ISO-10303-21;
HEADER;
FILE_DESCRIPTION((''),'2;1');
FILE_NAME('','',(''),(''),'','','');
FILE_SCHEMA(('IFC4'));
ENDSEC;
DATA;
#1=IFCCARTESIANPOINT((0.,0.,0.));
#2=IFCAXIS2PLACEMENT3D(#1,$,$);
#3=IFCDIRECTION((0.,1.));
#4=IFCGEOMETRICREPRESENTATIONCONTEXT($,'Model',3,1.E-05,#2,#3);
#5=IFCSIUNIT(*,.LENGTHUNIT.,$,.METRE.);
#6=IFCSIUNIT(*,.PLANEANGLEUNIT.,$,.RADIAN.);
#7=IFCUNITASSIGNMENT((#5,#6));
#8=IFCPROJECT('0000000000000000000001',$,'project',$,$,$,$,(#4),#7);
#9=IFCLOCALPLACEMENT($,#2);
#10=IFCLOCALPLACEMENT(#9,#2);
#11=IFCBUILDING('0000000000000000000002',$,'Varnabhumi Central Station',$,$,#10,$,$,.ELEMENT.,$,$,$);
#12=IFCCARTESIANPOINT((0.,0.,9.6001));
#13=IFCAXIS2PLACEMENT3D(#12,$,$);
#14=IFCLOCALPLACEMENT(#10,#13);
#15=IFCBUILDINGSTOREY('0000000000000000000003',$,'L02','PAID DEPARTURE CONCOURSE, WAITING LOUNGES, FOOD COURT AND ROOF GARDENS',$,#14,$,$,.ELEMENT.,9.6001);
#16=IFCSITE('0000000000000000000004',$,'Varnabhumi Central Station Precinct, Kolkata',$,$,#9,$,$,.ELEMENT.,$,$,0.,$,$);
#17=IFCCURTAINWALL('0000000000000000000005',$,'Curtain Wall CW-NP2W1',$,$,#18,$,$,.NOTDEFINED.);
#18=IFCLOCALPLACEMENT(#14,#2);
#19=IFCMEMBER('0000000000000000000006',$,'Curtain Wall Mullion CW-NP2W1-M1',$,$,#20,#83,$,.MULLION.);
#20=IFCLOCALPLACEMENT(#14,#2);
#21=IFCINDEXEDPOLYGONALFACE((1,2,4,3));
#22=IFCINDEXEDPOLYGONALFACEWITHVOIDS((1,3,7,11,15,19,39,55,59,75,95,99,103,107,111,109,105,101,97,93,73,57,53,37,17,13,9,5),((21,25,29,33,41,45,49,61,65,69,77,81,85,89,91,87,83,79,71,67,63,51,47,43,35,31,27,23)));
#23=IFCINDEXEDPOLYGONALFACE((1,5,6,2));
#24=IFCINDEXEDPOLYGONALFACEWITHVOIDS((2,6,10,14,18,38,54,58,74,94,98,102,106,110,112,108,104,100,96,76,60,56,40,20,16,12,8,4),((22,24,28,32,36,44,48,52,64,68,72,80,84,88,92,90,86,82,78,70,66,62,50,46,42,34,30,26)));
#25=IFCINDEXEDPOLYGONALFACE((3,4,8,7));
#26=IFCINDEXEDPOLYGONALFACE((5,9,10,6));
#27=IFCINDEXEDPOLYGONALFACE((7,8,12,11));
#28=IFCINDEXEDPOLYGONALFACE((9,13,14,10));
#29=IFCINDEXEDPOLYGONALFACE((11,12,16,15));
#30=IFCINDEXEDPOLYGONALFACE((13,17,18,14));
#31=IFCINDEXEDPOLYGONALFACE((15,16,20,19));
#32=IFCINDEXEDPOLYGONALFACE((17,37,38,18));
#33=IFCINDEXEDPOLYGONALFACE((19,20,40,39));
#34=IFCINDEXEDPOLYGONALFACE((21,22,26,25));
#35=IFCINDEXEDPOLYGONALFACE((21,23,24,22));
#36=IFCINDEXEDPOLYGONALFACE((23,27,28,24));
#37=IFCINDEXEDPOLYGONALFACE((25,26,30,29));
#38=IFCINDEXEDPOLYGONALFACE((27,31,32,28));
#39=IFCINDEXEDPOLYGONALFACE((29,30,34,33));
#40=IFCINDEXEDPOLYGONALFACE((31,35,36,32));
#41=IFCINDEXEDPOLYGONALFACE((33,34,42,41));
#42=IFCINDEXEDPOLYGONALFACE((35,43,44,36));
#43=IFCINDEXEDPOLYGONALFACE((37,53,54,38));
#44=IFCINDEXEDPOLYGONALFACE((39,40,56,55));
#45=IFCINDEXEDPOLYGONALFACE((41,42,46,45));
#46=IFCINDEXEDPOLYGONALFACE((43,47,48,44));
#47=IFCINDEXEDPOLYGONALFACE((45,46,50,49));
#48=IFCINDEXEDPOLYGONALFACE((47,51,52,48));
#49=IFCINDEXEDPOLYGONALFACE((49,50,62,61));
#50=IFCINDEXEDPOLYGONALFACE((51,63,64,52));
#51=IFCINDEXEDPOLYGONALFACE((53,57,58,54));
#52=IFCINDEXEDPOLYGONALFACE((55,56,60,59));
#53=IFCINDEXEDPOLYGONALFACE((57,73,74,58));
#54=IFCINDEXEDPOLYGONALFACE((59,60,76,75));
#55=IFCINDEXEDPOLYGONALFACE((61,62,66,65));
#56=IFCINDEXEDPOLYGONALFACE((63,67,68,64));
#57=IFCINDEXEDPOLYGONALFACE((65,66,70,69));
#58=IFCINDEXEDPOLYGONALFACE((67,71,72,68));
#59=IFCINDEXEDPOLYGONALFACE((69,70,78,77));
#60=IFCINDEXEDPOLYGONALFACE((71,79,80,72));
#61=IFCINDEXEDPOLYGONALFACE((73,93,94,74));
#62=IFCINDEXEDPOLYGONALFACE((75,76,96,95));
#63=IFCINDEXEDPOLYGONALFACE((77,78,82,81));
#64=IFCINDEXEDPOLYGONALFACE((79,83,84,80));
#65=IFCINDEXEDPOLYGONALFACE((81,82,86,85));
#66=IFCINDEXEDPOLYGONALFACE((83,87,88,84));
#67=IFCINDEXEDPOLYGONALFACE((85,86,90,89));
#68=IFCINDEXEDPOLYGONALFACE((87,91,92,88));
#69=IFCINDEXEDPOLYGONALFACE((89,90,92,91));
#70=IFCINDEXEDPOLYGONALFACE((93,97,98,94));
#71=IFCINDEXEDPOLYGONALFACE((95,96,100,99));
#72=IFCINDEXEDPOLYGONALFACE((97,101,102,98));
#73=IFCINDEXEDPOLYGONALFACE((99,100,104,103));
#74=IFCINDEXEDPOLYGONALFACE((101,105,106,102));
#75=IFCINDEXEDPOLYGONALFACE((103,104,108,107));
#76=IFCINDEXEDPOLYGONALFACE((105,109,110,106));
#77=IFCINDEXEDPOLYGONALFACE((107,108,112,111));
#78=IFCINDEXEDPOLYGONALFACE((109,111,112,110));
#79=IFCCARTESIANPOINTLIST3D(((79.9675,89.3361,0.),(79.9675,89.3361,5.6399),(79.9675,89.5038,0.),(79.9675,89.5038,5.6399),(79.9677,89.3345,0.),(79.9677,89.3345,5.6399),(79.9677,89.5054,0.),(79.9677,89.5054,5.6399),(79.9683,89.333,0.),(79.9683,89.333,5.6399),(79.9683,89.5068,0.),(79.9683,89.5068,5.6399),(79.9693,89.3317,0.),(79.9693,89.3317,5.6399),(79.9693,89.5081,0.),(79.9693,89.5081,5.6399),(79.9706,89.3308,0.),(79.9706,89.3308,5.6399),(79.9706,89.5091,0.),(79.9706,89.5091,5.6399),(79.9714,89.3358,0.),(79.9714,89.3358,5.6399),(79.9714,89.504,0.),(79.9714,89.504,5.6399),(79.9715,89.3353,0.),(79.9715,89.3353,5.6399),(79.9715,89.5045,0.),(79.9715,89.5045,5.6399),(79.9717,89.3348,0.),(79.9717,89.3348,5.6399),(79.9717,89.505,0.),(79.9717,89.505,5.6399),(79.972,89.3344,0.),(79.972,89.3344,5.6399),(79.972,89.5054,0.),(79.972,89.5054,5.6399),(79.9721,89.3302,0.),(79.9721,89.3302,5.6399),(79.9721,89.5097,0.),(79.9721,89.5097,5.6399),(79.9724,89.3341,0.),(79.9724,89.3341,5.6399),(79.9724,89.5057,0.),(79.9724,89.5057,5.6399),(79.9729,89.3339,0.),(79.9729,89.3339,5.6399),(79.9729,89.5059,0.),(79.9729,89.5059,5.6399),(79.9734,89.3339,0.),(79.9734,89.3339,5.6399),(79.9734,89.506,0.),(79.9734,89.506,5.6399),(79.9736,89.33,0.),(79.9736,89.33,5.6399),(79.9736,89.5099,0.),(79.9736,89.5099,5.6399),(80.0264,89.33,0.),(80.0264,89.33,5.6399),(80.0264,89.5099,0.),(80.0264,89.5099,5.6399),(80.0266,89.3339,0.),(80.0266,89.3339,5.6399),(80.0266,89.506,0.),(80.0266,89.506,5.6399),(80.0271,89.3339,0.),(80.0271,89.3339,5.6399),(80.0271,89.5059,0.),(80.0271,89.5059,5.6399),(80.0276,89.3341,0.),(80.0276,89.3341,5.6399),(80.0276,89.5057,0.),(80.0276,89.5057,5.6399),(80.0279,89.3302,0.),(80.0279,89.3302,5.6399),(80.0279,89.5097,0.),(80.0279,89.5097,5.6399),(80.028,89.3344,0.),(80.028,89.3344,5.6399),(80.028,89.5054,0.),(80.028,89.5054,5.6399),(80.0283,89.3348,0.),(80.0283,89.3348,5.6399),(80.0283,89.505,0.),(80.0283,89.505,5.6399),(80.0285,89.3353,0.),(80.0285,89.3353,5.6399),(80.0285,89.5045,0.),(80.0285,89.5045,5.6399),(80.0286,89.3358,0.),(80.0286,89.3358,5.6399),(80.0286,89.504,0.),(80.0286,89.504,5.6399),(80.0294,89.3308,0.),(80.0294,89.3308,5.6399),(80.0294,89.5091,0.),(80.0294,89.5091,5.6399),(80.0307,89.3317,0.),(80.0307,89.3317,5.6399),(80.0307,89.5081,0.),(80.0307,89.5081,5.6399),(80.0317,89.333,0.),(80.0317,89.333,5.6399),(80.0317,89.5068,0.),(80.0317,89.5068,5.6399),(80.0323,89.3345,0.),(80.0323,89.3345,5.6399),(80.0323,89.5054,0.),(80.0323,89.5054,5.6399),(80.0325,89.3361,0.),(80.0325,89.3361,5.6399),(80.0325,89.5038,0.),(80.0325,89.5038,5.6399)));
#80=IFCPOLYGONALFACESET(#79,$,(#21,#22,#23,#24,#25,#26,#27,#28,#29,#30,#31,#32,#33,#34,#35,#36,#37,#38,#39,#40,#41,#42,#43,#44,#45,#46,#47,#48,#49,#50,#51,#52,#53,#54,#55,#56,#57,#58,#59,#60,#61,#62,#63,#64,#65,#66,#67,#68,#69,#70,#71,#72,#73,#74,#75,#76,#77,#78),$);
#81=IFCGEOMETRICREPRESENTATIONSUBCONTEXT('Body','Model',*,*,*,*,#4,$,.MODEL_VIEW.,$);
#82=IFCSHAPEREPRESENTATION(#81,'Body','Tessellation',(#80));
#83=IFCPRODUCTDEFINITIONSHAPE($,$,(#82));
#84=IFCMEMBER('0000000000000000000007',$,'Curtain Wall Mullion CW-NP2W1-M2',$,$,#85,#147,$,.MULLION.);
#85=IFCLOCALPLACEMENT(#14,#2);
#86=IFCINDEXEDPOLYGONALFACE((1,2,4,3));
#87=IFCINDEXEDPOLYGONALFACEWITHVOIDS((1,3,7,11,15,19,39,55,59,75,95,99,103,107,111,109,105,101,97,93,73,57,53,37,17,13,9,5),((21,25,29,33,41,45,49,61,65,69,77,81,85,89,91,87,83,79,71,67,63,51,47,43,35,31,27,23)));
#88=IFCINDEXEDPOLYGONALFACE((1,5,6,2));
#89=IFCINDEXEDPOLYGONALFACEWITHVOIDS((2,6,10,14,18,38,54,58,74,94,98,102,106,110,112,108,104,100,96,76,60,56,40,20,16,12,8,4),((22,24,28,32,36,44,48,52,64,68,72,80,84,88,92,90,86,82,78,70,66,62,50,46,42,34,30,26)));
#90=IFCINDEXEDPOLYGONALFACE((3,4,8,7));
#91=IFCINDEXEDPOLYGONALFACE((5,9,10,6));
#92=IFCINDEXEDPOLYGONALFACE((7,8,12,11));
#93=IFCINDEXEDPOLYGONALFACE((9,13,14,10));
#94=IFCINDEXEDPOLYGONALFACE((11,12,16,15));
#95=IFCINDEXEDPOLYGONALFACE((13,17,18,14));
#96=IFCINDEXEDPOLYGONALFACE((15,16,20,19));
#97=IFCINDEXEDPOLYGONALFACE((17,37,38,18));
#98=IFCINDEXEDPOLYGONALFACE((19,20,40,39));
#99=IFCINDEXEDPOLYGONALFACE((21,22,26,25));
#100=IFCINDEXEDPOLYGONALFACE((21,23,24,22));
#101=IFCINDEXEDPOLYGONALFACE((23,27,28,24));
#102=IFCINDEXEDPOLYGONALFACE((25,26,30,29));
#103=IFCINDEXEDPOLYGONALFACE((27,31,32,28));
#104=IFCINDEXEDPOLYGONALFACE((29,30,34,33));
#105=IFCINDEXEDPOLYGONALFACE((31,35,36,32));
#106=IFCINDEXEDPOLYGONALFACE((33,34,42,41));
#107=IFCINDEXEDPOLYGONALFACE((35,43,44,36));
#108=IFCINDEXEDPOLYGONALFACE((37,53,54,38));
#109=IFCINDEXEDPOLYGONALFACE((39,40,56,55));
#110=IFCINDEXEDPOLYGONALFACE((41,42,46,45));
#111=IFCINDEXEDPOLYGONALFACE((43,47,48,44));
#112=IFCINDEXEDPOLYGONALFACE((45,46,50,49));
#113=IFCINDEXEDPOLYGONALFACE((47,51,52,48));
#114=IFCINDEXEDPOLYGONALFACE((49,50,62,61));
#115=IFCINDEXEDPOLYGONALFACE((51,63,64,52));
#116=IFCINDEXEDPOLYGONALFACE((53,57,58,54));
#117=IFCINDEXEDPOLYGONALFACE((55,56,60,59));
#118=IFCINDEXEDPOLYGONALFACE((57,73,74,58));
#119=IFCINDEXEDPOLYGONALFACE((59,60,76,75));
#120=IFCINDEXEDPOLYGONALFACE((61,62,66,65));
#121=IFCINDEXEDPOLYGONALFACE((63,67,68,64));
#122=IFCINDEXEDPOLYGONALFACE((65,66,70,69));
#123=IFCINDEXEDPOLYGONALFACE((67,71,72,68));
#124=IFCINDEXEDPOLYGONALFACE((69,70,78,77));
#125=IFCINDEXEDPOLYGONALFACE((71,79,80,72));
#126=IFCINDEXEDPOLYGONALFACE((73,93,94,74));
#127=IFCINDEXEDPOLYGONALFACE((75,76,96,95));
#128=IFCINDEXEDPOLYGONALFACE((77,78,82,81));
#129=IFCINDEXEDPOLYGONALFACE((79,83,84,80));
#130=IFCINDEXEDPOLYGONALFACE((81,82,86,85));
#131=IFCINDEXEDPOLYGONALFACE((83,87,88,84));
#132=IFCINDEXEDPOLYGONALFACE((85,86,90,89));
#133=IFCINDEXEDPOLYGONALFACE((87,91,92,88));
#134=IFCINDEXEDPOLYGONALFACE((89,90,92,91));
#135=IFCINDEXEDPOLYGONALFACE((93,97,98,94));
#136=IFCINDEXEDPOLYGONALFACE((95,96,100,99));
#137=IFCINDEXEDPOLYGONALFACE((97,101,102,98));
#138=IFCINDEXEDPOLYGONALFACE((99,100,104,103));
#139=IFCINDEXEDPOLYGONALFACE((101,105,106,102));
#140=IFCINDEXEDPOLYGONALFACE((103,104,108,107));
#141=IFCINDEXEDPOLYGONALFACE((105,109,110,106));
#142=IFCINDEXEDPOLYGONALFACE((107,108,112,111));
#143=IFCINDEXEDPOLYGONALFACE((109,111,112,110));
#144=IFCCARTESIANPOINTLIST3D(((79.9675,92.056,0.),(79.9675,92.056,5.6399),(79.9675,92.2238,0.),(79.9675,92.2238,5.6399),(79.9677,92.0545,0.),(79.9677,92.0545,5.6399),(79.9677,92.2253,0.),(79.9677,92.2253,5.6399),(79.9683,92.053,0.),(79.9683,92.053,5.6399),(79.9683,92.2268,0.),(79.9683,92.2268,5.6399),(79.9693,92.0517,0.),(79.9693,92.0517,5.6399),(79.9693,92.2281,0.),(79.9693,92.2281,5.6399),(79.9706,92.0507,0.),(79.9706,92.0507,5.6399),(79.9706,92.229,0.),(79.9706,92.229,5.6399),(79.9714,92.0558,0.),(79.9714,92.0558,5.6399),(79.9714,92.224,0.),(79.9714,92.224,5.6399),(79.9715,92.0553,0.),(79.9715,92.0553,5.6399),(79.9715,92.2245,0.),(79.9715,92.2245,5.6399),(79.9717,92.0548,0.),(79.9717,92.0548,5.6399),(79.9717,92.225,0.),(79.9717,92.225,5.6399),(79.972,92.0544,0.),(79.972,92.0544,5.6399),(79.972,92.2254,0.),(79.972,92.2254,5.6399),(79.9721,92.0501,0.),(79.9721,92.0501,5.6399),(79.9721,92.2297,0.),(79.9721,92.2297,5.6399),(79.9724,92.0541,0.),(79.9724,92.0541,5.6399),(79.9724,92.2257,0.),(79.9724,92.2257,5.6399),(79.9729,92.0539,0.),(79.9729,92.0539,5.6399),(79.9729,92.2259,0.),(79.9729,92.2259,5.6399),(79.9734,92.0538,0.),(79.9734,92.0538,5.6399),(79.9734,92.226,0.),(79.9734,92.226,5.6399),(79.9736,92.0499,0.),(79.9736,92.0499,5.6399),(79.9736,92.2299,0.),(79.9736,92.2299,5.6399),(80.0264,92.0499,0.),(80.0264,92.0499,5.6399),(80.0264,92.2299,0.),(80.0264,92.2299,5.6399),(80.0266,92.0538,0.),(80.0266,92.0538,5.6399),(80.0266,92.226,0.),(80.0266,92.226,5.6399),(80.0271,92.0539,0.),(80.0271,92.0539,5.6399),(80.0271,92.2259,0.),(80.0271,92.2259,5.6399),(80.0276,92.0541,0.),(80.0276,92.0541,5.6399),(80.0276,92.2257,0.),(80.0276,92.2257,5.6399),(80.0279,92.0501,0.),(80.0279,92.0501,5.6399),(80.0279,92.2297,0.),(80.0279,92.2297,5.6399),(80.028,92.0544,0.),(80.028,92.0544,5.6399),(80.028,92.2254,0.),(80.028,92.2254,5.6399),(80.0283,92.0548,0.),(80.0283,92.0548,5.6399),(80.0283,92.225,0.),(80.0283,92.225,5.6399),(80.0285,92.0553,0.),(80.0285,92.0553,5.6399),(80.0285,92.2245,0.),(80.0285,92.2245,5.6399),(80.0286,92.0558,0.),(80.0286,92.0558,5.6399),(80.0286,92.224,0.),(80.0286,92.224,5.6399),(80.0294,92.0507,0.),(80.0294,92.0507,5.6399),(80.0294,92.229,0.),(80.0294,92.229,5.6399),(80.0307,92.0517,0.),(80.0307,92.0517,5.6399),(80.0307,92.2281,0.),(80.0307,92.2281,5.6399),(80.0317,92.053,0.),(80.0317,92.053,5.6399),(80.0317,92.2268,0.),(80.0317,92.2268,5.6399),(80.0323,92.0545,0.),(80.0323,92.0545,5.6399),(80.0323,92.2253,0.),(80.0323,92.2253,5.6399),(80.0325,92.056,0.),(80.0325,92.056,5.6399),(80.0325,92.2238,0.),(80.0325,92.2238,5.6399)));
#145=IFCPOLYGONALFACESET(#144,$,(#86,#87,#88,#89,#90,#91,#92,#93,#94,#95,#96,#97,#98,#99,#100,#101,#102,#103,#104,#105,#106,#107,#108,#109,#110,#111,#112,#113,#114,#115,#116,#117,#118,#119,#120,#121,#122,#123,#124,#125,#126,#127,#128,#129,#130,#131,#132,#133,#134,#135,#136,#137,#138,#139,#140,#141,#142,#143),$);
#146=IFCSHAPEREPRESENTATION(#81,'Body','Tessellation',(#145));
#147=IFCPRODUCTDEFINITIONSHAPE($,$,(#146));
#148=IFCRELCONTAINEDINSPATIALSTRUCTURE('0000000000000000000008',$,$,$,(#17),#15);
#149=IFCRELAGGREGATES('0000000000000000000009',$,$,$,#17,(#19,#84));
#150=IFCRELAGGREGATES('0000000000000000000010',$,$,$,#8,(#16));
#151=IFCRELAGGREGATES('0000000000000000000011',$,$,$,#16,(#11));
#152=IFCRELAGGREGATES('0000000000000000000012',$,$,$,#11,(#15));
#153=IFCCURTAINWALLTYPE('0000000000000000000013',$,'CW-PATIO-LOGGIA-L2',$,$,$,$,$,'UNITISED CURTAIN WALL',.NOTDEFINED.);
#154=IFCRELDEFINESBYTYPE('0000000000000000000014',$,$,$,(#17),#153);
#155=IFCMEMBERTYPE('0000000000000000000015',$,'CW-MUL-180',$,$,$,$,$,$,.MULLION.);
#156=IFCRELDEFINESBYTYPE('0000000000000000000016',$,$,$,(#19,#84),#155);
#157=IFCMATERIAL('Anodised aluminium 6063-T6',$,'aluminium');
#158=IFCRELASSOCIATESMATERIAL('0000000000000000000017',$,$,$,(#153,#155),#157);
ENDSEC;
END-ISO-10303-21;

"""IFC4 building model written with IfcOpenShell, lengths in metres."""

from ifc_helpers import new_model, si_unit, direction, frame, origin, origin_2d, place, context, subcontext, project, spatial, hollow_rectangle, extrude, material, material_profile, profile_set, type_object, element, aggregate, save


model = new_model("IFC4")

# Units and contexts
model_context = context("Model", 3, precision=1e-05, world=origin(), true_north=direction((0.0, 1.0)))
body_context = subcontext(model_context, "Body", "Model", "MODEL_VIEW")
ifc_project = project(units=[si_unit("LENGTHUNIT", "METRE"), si_unit("PLANEANGLEUNIT", "RADIAN")], contexts=[model_context])

# Site, building, storey
site_placement = place(None, origin())
site = spatial("IfcSite", under=ifc_project, at=site_placement, Name="Varnabhumi Central Station Precinct, Kolkata", CompositionType="ELEMENT", RefElevation=0.0)
building_placement = place(site_placement, origin())
building = spatial("IfcBuilding", under=site, at=building_placement, Name="Varnabhumi Central Station", CompositionType="ELEMENT")
storey_placement = place(building_placement, frame((0.0, 0.0, 9.6001)))
storey = spatial("IfcBuildingStorey", under=building, at=storey_placement, Name="L02", Description="PAID DEPARTURE CONCOURSE, WAITING LOUNGES, FOOD COURT AND ROOF GARDENS", CompositionType="ELEMENT", Elevation=9.6001)

# Curtain wall, members
ifc_material_1 = material(Name="Anodised aluminium 6063-T6", Category="aluminium")
curtain_wall_type = type_object("IfcCurtainWallType", Name="CW-PATIO-LOGGIA-L2", ElementType="UNITISED CURTAIN WALL", PredefinedType="NOTDEFINED", material=ifc_material_1)
curtain_wall_1_placement = place(storey_placement, origin())
curtain_wall_1 = element("IfcCurtainWall", 1, at=curtain_wall_1_placement, inside=storey, type_object=curtain_wall_type, Name="Curtain Wall CW-NP2W1", PredefinedType="NOTDEFINED")
ifc_material_profile_1 = material_profile(ifc_material_1, hollow_rectangle(XDim=0.0649, YDim=0.1799, WallThickness=0.0039, InnerFilletRadius=0.002, OuterFilletRadius=0.0061, at=origin_2d()), Name="Anodised aluminium 6063-T6", Category="aluminium")
ifc_profile_set_1 = profile_set([ifc_material_profile_1], Name="Anodised aluminium 6063-T6")
member_type_1 = type_object("IfcMemberType", Name="CW-MUL-180", PredefinedType="MULLION", material=ifc_profile_set_1)
member_1_placement = place(storey_placement, frame((80.0, 89.4199, 0.0), z_axis=(0.0, 0.0, 1.0), x_axis=(1.0, 0.0, 0.0)))
member_1 = element("IfcMember", 2, at=member_1_placement, type_object=member_type_1, Name="Curtain Wall Mullion CW-NP2W1-M1", PredefinedType="MULLION", context=body_context, shape_type="SweptSolid", body=[
    extrude(hollow_rectangle(XDim=0.0649, YDim=0.1799, WallThickness=0.0039, InnerFilletRadius=0.002, OuterFilletRadius=0.0061, at=origin_2d()), origin(), (0.0, 0.0, 1.0), 5.6399),
])
member_2_placement = place(storey_placement, frame((80.0, 92.1399, 0.0), z_axis=(0.0, 0.0, 1.0), x_axis=(1.0, 0.0, 0.0)))
member_2 = element("IfcMember", 3, at=member_2_placement, type_object=member_type_1, Name="Curtain Wall Mullion CW-NP2W1-M2", PredefinedType="MULLION", context=body_context, shape_type="SweptSolid", body=[
    extrude(hollow_rectangle(XDim=0.0649, YDim=0.1799, WallThickness=0.0039, InnerFilletRadius=0.002, OuterFilletRadius=0.0061, at=origin_2d()), origin(), (0.0, 0.0, 1.0), 5.6399),
])

aggregate(curtain_wall_1, [member_1, member_2])

save(model, "model.ifc")
